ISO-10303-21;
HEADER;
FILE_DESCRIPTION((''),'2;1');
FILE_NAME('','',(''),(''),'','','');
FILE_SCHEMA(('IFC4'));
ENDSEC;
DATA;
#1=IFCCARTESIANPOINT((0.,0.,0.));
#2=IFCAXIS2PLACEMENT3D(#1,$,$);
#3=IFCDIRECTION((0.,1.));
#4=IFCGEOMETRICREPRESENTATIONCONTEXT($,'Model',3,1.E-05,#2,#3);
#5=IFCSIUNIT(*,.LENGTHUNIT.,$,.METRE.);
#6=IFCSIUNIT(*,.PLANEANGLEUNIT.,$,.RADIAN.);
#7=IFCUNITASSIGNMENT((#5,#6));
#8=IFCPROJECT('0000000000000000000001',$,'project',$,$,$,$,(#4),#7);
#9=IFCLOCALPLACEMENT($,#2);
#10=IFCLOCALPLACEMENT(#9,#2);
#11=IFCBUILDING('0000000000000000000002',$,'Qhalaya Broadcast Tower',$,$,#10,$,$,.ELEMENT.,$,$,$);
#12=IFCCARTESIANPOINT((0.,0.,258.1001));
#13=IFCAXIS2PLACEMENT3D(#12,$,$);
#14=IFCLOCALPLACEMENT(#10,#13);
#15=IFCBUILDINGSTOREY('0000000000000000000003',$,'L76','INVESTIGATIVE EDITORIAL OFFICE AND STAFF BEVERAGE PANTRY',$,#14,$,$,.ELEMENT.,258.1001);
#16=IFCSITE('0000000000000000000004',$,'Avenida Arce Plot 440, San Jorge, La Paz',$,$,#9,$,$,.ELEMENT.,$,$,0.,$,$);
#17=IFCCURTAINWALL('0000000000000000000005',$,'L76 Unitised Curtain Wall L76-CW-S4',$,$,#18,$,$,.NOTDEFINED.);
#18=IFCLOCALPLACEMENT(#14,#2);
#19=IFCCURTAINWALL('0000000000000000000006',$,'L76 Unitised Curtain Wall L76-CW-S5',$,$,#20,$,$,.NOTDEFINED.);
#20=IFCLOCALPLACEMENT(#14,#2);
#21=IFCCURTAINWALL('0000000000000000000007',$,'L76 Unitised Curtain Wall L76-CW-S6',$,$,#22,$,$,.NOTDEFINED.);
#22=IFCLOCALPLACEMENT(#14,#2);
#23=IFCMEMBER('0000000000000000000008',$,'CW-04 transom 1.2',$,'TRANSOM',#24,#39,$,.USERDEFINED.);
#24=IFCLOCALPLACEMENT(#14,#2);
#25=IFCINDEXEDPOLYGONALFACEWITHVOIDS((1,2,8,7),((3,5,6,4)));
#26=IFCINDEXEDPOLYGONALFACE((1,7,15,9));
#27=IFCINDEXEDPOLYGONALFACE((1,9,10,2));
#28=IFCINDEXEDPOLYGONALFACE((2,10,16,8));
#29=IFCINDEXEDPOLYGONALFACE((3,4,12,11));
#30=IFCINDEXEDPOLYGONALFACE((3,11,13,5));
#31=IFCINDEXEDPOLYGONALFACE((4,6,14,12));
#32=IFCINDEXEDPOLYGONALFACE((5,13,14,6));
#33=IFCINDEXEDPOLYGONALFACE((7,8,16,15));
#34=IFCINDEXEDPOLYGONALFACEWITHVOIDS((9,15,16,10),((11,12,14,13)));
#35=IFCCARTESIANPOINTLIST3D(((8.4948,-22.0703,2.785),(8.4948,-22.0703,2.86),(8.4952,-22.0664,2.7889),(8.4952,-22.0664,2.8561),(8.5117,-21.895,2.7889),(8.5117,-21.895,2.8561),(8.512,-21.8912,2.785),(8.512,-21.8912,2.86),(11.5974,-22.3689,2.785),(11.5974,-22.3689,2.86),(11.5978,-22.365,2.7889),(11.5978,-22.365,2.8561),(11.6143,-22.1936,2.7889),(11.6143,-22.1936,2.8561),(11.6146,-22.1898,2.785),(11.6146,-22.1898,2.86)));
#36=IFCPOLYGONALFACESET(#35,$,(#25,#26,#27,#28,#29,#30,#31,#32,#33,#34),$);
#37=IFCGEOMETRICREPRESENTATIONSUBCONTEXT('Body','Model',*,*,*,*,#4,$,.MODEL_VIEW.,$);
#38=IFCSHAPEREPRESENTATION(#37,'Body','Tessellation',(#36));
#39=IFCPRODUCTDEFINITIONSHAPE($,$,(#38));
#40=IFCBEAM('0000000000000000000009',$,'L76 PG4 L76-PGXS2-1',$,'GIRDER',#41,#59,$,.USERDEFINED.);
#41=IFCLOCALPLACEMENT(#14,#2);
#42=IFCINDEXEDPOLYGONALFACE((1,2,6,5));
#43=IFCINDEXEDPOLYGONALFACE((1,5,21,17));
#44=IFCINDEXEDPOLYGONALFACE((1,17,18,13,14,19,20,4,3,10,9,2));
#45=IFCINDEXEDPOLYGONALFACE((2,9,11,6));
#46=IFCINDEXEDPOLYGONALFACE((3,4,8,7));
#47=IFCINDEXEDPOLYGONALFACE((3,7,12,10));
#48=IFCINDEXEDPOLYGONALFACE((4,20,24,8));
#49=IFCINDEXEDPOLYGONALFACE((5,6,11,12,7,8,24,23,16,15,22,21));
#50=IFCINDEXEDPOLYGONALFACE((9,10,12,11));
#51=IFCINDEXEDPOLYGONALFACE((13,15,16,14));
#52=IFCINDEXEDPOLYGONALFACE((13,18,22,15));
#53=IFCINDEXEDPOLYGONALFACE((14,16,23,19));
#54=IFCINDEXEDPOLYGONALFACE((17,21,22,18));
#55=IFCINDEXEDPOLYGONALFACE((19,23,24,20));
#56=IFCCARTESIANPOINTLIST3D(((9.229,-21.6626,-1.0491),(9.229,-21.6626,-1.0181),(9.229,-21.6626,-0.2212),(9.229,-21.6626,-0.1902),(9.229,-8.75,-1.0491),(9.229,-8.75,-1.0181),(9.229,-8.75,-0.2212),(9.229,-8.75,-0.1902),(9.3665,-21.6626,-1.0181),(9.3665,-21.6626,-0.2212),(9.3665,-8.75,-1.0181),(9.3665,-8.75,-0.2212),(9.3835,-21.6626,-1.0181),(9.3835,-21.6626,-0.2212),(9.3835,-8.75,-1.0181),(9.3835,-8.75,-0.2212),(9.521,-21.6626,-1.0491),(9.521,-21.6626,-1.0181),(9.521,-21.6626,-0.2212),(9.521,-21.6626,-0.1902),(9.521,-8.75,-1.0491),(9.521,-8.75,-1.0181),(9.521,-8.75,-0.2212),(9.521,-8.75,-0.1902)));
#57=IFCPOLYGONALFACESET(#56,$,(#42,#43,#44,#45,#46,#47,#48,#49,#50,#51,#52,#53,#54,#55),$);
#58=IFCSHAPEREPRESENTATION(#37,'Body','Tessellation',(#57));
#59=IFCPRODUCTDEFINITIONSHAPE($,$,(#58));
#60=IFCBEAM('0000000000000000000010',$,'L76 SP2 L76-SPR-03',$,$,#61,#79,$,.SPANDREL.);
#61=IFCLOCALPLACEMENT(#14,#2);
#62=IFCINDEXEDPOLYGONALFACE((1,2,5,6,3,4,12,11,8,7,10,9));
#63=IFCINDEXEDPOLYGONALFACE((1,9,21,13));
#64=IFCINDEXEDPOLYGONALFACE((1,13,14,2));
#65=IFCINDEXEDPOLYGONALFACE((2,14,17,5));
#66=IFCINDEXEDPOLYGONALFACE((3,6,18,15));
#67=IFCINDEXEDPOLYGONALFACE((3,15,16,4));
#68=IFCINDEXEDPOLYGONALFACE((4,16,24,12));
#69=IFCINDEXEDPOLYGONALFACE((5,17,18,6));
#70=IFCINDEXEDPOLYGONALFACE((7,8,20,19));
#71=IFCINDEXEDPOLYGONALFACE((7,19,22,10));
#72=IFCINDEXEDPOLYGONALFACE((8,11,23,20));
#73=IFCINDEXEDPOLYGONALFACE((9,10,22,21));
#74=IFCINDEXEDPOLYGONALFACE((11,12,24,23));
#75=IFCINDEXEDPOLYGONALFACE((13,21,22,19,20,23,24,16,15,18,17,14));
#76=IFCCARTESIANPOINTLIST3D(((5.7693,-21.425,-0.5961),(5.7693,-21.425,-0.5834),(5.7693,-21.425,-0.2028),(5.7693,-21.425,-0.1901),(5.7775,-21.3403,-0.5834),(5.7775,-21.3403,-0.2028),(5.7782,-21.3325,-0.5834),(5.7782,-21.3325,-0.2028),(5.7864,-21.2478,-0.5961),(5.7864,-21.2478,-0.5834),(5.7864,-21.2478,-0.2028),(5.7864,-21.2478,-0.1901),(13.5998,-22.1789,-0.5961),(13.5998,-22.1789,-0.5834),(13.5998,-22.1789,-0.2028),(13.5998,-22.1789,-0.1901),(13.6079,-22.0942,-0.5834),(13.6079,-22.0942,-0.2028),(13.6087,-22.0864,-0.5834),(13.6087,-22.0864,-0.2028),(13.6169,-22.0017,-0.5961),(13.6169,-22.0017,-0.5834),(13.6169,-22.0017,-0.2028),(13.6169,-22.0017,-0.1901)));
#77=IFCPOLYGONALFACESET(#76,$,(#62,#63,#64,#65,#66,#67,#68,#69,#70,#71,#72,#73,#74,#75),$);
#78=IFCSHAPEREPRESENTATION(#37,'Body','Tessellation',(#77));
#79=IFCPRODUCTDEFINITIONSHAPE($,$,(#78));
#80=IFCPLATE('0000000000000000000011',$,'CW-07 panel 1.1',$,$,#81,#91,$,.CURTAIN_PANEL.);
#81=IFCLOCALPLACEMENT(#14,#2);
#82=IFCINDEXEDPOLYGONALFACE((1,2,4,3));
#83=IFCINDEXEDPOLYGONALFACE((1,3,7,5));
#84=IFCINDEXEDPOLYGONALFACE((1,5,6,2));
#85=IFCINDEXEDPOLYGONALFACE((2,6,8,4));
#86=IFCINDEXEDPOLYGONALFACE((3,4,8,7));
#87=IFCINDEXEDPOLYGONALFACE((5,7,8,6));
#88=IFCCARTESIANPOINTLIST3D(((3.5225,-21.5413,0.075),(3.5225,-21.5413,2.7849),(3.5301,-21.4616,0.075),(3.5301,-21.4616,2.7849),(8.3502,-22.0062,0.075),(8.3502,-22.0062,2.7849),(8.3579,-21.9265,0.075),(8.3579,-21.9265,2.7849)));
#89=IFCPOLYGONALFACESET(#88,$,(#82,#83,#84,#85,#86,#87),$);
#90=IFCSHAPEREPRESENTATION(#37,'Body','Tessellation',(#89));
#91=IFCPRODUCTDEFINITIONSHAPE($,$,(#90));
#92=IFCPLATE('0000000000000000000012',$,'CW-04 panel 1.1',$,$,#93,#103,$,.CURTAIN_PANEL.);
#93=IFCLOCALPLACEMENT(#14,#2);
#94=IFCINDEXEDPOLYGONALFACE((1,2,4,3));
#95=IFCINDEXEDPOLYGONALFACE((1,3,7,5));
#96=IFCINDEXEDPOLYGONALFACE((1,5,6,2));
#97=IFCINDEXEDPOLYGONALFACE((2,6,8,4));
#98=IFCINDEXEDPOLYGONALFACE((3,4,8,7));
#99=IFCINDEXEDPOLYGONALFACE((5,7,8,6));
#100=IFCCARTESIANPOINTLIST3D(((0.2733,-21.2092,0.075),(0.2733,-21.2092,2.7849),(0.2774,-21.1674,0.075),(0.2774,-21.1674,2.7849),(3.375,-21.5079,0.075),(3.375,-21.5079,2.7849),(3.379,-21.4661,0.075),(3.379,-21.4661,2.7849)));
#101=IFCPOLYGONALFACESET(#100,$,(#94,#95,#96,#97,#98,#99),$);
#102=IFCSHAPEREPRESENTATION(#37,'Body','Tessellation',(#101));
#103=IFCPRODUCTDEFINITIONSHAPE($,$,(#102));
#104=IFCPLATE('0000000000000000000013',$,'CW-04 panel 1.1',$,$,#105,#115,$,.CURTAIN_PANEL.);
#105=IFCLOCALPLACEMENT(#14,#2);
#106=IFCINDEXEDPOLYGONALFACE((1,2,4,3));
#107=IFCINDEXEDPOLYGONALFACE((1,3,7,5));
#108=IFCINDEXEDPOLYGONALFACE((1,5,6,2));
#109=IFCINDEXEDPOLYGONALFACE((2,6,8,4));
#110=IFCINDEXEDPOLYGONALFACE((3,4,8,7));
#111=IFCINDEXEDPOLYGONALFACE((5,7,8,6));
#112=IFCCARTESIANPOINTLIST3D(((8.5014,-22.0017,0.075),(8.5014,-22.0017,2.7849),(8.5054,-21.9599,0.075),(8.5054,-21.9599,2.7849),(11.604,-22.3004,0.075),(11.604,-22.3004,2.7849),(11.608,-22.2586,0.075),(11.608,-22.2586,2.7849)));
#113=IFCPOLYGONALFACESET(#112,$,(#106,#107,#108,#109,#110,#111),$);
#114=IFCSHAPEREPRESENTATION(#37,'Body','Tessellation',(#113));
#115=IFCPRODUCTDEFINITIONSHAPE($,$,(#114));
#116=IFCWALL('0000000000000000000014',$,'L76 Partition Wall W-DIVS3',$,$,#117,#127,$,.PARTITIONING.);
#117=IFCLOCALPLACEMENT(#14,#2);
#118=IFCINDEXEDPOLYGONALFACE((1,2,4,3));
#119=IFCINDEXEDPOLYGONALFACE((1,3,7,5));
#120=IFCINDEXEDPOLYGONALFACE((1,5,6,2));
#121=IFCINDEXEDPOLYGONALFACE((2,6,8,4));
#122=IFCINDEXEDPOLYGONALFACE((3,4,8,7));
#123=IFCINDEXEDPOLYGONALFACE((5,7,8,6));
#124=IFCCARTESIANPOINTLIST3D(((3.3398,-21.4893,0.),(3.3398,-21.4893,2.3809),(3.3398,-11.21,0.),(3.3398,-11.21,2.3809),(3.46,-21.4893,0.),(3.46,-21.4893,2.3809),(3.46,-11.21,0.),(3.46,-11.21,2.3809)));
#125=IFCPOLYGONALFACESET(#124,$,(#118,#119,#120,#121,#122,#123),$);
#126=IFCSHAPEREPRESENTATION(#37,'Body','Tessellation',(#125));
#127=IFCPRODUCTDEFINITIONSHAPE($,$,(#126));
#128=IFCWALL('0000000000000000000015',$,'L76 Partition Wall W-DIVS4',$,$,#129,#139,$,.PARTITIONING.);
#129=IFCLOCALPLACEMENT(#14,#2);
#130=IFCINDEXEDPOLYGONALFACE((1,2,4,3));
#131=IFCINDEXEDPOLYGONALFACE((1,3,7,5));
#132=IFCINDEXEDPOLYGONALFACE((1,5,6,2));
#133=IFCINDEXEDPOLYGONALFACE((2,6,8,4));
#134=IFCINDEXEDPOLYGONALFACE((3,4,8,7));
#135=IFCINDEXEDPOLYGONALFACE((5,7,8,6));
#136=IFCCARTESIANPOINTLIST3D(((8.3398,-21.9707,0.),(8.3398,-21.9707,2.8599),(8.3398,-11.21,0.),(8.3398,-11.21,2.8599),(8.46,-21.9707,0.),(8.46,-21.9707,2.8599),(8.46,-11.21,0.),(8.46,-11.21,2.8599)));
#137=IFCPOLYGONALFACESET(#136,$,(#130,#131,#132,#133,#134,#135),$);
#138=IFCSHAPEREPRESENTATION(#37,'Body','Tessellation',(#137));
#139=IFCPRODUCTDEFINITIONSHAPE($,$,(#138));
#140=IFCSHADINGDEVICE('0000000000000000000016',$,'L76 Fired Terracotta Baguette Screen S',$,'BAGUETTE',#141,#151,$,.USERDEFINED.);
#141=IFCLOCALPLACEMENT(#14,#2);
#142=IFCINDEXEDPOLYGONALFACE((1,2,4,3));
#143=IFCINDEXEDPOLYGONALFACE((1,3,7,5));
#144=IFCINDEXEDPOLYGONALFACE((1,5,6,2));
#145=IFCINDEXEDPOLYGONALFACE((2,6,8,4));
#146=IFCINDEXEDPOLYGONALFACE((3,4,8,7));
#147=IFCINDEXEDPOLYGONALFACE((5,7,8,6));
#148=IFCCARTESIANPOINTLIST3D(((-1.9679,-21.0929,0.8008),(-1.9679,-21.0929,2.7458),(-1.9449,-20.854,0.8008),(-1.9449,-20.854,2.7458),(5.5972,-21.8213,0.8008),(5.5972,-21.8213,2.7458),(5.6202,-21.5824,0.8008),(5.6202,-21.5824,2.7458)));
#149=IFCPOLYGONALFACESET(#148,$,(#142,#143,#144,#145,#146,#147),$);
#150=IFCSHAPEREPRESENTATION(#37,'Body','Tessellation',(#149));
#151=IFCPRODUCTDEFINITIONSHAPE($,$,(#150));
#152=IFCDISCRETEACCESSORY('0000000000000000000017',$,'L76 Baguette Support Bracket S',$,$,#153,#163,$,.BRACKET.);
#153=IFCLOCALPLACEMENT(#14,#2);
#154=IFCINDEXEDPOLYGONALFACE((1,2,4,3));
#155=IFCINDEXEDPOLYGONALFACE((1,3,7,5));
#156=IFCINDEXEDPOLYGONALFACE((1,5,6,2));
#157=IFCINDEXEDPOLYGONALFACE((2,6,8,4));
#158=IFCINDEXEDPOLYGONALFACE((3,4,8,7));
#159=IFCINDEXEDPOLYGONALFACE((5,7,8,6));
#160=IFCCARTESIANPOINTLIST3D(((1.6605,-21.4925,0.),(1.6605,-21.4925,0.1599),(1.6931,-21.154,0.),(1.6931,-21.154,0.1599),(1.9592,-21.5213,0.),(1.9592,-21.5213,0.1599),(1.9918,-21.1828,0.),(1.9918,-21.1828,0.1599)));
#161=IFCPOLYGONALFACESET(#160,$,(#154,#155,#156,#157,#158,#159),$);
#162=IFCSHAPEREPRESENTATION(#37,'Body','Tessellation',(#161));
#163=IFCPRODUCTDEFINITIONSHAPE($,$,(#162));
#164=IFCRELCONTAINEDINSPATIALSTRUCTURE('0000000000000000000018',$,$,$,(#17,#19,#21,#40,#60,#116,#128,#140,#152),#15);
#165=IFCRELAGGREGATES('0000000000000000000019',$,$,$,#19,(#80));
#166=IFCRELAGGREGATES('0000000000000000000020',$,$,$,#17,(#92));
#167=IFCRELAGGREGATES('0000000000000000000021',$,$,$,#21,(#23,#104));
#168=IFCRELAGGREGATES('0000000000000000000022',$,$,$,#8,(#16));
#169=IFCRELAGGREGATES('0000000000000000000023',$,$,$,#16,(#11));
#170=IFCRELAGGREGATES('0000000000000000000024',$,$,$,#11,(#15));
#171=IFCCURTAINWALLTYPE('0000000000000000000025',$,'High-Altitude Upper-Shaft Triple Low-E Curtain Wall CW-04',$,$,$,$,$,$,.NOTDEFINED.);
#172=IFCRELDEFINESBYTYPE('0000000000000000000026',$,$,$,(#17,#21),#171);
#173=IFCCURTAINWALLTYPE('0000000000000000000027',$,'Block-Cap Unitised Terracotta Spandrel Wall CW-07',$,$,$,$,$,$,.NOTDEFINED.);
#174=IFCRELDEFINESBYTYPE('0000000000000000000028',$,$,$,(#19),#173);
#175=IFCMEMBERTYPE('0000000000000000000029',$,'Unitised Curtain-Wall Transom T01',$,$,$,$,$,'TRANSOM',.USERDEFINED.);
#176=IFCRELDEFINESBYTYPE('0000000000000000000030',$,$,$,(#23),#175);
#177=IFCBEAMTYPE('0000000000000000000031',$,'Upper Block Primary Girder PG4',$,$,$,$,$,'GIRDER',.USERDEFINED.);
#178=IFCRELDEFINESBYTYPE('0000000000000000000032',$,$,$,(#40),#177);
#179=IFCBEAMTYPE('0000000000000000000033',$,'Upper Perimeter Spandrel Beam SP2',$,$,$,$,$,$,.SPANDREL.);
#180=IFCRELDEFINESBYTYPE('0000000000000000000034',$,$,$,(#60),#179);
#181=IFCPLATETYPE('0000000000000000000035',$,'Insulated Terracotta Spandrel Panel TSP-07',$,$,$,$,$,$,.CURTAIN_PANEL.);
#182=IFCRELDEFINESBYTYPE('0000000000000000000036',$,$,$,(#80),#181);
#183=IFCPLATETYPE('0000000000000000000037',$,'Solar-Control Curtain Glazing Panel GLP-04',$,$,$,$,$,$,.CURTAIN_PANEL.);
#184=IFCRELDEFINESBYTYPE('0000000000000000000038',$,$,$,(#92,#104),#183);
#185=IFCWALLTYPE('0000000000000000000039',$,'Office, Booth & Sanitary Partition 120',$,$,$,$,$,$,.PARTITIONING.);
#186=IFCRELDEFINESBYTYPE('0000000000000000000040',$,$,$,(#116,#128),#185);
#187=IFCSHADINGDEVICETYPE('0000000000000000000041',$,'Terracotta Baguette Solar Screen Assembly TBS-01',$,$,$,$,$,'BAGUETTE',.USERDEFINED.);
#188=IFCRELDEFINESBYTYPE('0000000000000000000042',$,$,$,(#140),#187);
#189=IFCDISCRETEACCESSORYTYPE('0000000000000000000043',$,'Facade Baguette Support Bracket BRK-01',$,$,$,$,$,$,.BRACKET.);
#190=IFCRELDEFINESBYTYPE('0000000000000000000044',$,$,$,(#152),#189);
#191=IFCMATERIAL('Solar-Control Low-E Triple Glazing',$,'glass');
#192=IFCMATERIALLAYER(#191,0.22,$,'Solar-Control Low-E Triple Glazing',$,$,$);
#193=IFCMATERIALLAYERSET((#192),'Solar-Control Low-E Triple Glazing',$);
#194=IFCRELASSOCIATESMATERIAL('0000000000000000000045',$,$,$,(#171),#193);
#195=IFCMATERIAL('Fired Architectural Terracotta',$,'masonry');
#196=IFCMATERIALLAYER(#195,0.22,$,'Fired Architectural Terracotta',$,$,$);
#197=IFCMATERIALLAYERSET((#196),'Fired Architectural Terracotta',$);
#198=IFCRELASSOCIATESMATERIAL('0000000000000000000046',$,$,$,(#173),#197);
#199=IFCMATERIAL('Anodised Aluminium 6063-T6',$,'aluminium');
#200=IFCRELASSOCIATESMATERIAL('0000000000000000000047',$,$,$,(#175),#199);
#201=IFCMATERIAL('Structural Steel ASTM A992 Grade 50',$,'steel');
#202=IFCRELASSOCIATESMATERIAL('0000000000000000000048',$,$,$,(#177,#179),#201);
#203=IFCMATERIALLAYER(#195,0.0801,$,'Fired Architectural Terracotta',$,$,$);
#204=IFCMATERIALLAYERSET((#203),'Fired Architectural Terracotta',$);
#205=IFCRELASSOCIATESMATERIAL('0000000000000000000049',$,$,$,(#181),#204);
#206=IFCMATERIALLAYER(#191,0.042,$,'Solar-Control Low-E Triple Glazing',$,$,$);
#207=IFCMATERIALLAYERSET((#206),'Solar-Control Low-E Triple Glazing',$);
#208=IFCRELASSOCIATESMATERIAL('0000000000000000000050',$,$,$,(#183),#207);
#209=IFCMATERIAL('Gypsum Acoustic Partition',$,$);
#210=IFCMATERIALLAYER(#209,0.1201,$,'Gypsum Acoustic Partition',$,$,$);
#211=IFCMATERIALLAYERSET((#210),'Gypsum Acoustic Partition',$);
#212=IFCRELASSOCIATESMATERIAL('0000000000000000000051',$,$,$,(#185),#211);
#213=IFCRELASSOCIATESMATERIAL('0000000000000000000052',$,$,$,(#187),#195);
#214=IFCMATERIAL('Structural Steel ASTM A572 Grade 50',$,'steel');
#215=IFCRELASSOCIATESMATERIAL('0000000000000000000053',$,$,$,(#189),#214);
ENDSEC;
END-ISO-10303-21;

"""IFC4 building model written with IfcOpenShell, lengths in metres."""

from ifc_helpers import new_model, si_unit, direction, frame, frame_2d, origin, origin_2d, place, context, subcontext, project, spatial, rectangle, hollow_rectangle, i_section, extrude, material, layer, layer_set, material_profile, profile_set, type_object, element, aggregate, save


model = new_model("IFC4")

# Units and contexts
model_context = context("Model", 3, precision=1e-05, world=origin(), true_north=direction((0.0, 1.0)))
body_context = subcontext(model_context, "Body", "Model", "MODEL_VIEW")
ifc_project = project(units=[si_unit("LENGTHUNIT", "METRE"), si_unit("PLANEANGLEUNIT", "RADIAN")], contexts=[model_context])

# Site, building, storey
site_placement = place(None, origin())
site = spatial("IfcSite", under=ifc_project, at=site_placement, Name="Avenida Arce Plot 440, San Jorge, La Paz", CompositionType="ELEMENT", RefElevation=0.0)
building_placement = place(site_placement, origin())
building = spatial("IfcBuilding", under=site, at=building_placement, Name="Qhalaya Broadcast Tower", CompositionType="ELEMENT")
storey_placement = place(building_placement, frame((0.0, 0.0, 258.1001)))
storey = spatial("IfcBuildingStorey", under=building, at=storey_placement, Name="L76", Description="INVESTIGATIVE EDITORIAL OFFICE AND STAFF BEVERAGE PANTRY", CompositionType="ELEMENT", Elevation=258.1001)

# Shared definitions
ifc_material_1 = material(Name="Structural Steel ASTM A572 Grade 50", Category="steel")

# Shared definitions
ifc_material_2 = material(Name="Structural Steel ASTM A992 Grade 50", Category="steel")

# Curtain wall
ifc_material_3 = material(Name="Solar-Control Low-E Triple Glazing", Category="glass")
ifc_layer_1 = layer(ifc_material_3, 0.22, Name="Solar-Control Low-E Triple Glazing")
ifc_layer_set_1 = layer_set([ifc_layer_1], Name="Solar-Control Low-E Triple Glazing")
curtain_wall_type_1 = type_object("IfcCurtainWallType", Name="High-Altitude Upper-Shaft Triple Low-E Curtain Wall CW-04", PredefinedType="NOTDEFINED", material=ifc_layer_set_1)
curtain_wall_1_placement = place(storey_placement, origin())
curtain_wall_1 = element("IfcCurtainWall", 1, at=curtain_wall_1_placement, inside=storey, type_object=curtain_wall_type_1, Name="L76 Unitised Curtain Wall L76-CW-S4", PredefinedType="NOTDEFINED")
ifc_material_4 = material(Name="Anodised Aluminium 6063-T6", Category="aluminium")

# Curtain walls
ifc_material_5 = material(Name="Fired Architectural Terracotta", Category="masonry")
ifc_layer_2 = layer(ifc_material_5, 0.22, Name="Fired Architectural Terracotta")
ifc_layer_set_2 = layer_set([ifc_layer_2], Name="Fired Architectural Terracotta")
curtain_wall_type_2 = type_object("IfcCurtainWallType", Name="Block-Cap Unitised Terracotta Spandrel Wall CW-07", PredefinedType="NOTDEFINED", material=ifc_layer_set_2)
curtain_wall_2_placement = place(storey_placement, origin())
curtain_wall_2 = element("IfcCurtainWall", 2, at=curtain_wall_2_placement, inside=storey, type_object=curtain_wall_type_2, Name="L76 Unitised Curtain Wall L76-CW-S5", PredefinedType="NOTDEFINED")
curtain_wall_3_placement = place(storey_placement, origin())
curtain_wall_3 = element("IfcCurtainWall", 3, at=curtain_wall_3_placement, inside=storey, type_object=curtain_wall_type_1, Name="L76 Unitised Curtain Wall L76-CW-S6", PredefinedType="NOTDEFINED")

# Member
ifc_material_profile_1 = material_profile(ifc_material_4, hollow_rectangle(XDim=0.075, YDim=0.1799, WallThickness=0.0039, at=origin_2d()), Name="ALU-TRN 75x180x4")
ifc_profile_set_1 = profile_set([ifc_material_profile_1], Name="Anodised Aluminium 6063-T6")
member_type_1 = type_object("IfcMemberType", Name="Unitised Curtain-Wall Transom T01", ElementType="TRANSOM", PredefinedType="USERDEFINED", material=ifc_profile_set_1)
member_1_placement = place(storey_placement, frame((8.5034, -21.9807, 2.8225), z_axis=(0.995401, -0.095796, 0.0), x_axis=(0.0, 0.0, 1.0)))
member_1 = element("IfcMember", 4, at=member_1_placement, type_object=member_type_1, Name="CW-04 transom 1.2", ObjectType="TRANSOM", PredefinedType="USERDEFINED", context=body_context, shape_type="SweptSolid", body=[
    extrude(hollow_rectangle(XDim=0.075, YDim=0.1799, WallThickness=0.0039, at=origin_2d()), origin(), (0.0, 0.0, 1.0), 3.1169),
])

# Beams
ifc_material_profile_2 = material_profile(ifc_material_2, i_section(OverallWidth=0.292, OverallDepth=0.8589, WebThickness=0.0171, FlangeThickness=0.031, at=origin_2d()), Name="W33X169")
ifc_profile_set_2 = profile_set([ifc_material_profile_2], Name="Structural Steel ASTM A992 Grade 50")
beam_type_1 = type_object("IfcBeamType", Name="Upper Block Primary Girder PG4", ElementType="GIRDER", PredefinedType="USERDEFINED", material=ifc_profile_set_2)
beam_1_placement = place(storey_placement, frame((9.375, -21.6626, -0.6196), z_axis=(0.0, 1.0, 0.0), x_axis=(-1.0, 0.0, 0.0)))
element("IfcBeam", 5, at=beam_1_placement, inside=storey, type_object=beam_type_1, Name="L76 PG4 L76-PGXS2-1", ObjectType="GIRDER", PredefinedType="USERDEFINED", context=body_context, shape_type="SweptSolid", body=[
    extrude(i_section(OverallWidth=0.292, OverallDepth=0.8589, WebThickness=0.0171, FlangeThickness=0.031, at=origin_2d()), origin(), (0.0, 0.0, 1.0), 12.9126),
])
ifc_material_profile_3 = material_profile(ifc_material_2, i_section(OverallWidth=0.178, OverallDepth=0.406, WebThickness=0.0078, FlangeThickness=0.0127, at=origin_2d()), Name="W16X40")
ifc_profile_set_3 = profile_set([ifc_material_profile_3], Name="Structural Steel ASTM A992 Grade 50")
beam_type_2 = type_object("IfcBeamType", Name="Upper Perimeter Spandrel Beam SP2", PredefinedType="SPANDREL", material=ifc_profile_set_3)
beam_2_placement = place(storey_placement, frame((5.7778, -21.3364, -0.3931), z_axis=(0.995397, -0.095834, 0.0), x_axis=(0.095834, 0.995397, 0.0)))
element("IfcBeam", 6, at=beam_2_placement, inside=storey, type_object=beam_type_2, Name="L76 SP2 L76-SPR-03", PredefinedType="SPANDREL", context=body_context, shape_type="SweptSolid", body=[
    extrude(i_section(OverallWidth=0.178, OverallDepth=0.406, WebThickness=0.0078, FlangeThickness=0.0127, at=origin_2d()), origin(), (0.0, 0.0, 1.0), 7.8667),
])

# Plates
ifc_layer_3 = layer(ifc_material_5, 0.0801, Name="Fired Architectural Terracotta")
ifc_layer_set_3 = layer_set([ifc_layer_3], Name="Fired Architectural Terracotta")
plate_type_1 = type_object("IfcPlateType", Name="Insulated Terracotta Spandrel Panel TSP-07", PredefinedType="CURTAIN_PANEL", material=ifc_layer_set_3)
plate_1_placement = place(storey_placement, frame((5.9402, -21.7339, 0.075), z_axis=(0.0, 0.0, 1.0), x_axis=(0.995395, -0.09586, 0.0)))
plate_1 = element("IfcPlate", 7, at=plate_1_placement, type_object=plate_type_1, Name="CW-07 panel 1.1", PredefinedType="CURTAIN_PANEL", context=body_context, shape_type="SweptSolid", body=[
    extrude(rectangle(XDim=4.8501, YDim=0.0801, at=origin_2d()), origin(), (0.0, 0.0, 1.0), 2.71),
])
aggregate(curtain_wall_2, [plate_1])
ifc_layer_4 = layer(ifc_material_3, 0.042, Name="Solar-Control Low-E Triple Glazing")
ifc_layer_set_4 = layer_set([ifc_layer_4], Name="Solar-Control Low-E Triple Glazing")
plate_type_2 = type_object("IfcPlateType", Name="Solar-Control Curtain Glazing Panel GLP-04", PredefinedType="CURTAIN_PANEL", material=ifc_layer_set_4)
plate_2_placement = place(storey_placement, frame((1.8262, -21.3376, 0.075), z_axis=(0.0, 0.0, 1.0), x_axis=(0.995397, -0.095838, 0.0)))
plate_2 = element("IfcPlate", 8, at=plate_2_placement, type_object=plate_type_2, Name="CW-04 panel 1.1", PredefinedType="CURTAIN_PANEL", context=body_context, shape_type="SweptSolid", body=[
    extrude(rectangle(XDim=3.116, YDim=0.042, at=origin_2d()), origin(), (0.0, 0.0, 1.0), 2.71),
])
aggregate(curtain_wall_1, [plate_2])
plate_3_placement = place(storey_placement, frame((10.0547, -22.1301, 0.075), z_axis=(0.0, 0.0, 1.0), x_axis=(0.995397, -0.095836, 0.0)))
plate_3 = element("IfcPlate", 9, at=plate_3_placement, type_object=plate_type_2, Name="CW-04 panel 1.1", PredefinedType="CURTAIN_PANEL", context=body_context, shape_type="SweptSolid", body=[
    extrude(rectangle(XDim=3.1169, YDim=0.042, at=origin_2d()), origin(), (0.0, 0.0, 1.0), 2.71),
])
aggregate(curtain_wall_3, [member_1, plate_3])

# Walls
ifc_material_6 = material(Name="Gypsum Acoustic Partition")
ifc_layer_5 = layer(ifc_material_6, 0.1201, Name="Gypsum Acoustic Partition")
ifc_layer_set_5 = layer_set([ifc_layer_5], Name="Gypsum Acoustic Partition")
wall_type = type_object("IfcWallType", Name="Office, Booth & Sanitary Partition 120", PredefinedType="PARTITIONING", material=ifc_layer_set_5)
wall_1_placement = place(storey_placement, frame((3.3999, -21.4893, 0.0), z_axis=(0.0, 0.0, 1.0), x_axis=(0.0, 1.0, 0.0)))
element("IfcWall", 10, at=wall_1_placement, inside=storey, type_object=wall_type, Name="L76 Partition Wall W-DIVS3", PredefinedType="PARTITIONING", context=body_context, shape_type="SweptSolid", body=[
    extrude(rectangle(XDim=10.2793, YDim=0.1201, at=frame_2d((5.1396, 0.0))), origin(), (0.0, 0.0, 1.0), 2.3809),
])
wall_2_placement = place(storey_placement, frame((8.3999, -21.9707, 0.0), z_axis=(0.0, 0.0, 1.0), x_axis=(0.0, 1.0, 0.0)))
element("IfcWall", 11, at=wall_2_placement, inside=storey, type_object=wall_type, Name="L76 Partition Wall W-DIVS4", PredefinedType="PARTITIONING", context=body_context, shape_type="SweptSolid", body=[
    extrude(rectangle(XDim=10.7607, YDim=0.1201, at=frame_2d((5.3804, 0.0))), origin(), (0.0, 0.0, 1.0), 2.8599),
])

# Shading device
shading_device_type = type_object("IfcShadingDeviceType", Name="Terracotta Baguette Solar Screen Assembly TBS-01", ElementType="BAGUETTE", PredefinedType="USERDEFINED", material=ifc_material_5)
shading_device_placement = place(storey_placement, frame((1.8262, -21.3376, 0.8008), z_axis=(0.0, 0.0, 1.0), x_axis=(0.995396, -0.095846, 0.0)))
element("IfcShadingDevice", 12, at=shading_device_placement, inside=storey, type_object=shading_device_type, Name="L76 Fired Terracotta Baguette Screen S", ObjectType="BAGUETTE", PredefinedType="USERDEFINED", context=body_context, shape_type="SweptSolid", body=[
    extrude(rectangle(XDim=7.6001, YDim=0.24, at=origin_2d()), origin(), (0.0, 0.0, 1.0), 1.9451),
])

# Discrete accessory
discrete_accessory_type = type_object("IfcDiscreteAccessoryType", Name="Facade Baguette Support Bracket BRK-01", PredefinedType="BRACKET", material=ifc_material_1)
discrete_accessory_placement = place(storey_placement, frame((1.8262, -21.3376, 0.0), z_axis=(0.0, 0.0, 1.0), x_axis=(0.995396, -0.095846, 0.0)))
element("IfcDiscreteAccessory", 13, at=discrete_accessory_placement, inside=storey, type_object=discrete_accessory_type, Name="L76 Baguette Support Bracket S", PredefinedType="BRACKET", context=body_context, shape_type="SweptSolid", body=[
    extrude(rectangle(XDim=0.3, YDim=0.3401, at=origin_2d()), origin(), (0.0, 0.0, 1.0), 0.1599),
])

save(model, "model.ifc")
